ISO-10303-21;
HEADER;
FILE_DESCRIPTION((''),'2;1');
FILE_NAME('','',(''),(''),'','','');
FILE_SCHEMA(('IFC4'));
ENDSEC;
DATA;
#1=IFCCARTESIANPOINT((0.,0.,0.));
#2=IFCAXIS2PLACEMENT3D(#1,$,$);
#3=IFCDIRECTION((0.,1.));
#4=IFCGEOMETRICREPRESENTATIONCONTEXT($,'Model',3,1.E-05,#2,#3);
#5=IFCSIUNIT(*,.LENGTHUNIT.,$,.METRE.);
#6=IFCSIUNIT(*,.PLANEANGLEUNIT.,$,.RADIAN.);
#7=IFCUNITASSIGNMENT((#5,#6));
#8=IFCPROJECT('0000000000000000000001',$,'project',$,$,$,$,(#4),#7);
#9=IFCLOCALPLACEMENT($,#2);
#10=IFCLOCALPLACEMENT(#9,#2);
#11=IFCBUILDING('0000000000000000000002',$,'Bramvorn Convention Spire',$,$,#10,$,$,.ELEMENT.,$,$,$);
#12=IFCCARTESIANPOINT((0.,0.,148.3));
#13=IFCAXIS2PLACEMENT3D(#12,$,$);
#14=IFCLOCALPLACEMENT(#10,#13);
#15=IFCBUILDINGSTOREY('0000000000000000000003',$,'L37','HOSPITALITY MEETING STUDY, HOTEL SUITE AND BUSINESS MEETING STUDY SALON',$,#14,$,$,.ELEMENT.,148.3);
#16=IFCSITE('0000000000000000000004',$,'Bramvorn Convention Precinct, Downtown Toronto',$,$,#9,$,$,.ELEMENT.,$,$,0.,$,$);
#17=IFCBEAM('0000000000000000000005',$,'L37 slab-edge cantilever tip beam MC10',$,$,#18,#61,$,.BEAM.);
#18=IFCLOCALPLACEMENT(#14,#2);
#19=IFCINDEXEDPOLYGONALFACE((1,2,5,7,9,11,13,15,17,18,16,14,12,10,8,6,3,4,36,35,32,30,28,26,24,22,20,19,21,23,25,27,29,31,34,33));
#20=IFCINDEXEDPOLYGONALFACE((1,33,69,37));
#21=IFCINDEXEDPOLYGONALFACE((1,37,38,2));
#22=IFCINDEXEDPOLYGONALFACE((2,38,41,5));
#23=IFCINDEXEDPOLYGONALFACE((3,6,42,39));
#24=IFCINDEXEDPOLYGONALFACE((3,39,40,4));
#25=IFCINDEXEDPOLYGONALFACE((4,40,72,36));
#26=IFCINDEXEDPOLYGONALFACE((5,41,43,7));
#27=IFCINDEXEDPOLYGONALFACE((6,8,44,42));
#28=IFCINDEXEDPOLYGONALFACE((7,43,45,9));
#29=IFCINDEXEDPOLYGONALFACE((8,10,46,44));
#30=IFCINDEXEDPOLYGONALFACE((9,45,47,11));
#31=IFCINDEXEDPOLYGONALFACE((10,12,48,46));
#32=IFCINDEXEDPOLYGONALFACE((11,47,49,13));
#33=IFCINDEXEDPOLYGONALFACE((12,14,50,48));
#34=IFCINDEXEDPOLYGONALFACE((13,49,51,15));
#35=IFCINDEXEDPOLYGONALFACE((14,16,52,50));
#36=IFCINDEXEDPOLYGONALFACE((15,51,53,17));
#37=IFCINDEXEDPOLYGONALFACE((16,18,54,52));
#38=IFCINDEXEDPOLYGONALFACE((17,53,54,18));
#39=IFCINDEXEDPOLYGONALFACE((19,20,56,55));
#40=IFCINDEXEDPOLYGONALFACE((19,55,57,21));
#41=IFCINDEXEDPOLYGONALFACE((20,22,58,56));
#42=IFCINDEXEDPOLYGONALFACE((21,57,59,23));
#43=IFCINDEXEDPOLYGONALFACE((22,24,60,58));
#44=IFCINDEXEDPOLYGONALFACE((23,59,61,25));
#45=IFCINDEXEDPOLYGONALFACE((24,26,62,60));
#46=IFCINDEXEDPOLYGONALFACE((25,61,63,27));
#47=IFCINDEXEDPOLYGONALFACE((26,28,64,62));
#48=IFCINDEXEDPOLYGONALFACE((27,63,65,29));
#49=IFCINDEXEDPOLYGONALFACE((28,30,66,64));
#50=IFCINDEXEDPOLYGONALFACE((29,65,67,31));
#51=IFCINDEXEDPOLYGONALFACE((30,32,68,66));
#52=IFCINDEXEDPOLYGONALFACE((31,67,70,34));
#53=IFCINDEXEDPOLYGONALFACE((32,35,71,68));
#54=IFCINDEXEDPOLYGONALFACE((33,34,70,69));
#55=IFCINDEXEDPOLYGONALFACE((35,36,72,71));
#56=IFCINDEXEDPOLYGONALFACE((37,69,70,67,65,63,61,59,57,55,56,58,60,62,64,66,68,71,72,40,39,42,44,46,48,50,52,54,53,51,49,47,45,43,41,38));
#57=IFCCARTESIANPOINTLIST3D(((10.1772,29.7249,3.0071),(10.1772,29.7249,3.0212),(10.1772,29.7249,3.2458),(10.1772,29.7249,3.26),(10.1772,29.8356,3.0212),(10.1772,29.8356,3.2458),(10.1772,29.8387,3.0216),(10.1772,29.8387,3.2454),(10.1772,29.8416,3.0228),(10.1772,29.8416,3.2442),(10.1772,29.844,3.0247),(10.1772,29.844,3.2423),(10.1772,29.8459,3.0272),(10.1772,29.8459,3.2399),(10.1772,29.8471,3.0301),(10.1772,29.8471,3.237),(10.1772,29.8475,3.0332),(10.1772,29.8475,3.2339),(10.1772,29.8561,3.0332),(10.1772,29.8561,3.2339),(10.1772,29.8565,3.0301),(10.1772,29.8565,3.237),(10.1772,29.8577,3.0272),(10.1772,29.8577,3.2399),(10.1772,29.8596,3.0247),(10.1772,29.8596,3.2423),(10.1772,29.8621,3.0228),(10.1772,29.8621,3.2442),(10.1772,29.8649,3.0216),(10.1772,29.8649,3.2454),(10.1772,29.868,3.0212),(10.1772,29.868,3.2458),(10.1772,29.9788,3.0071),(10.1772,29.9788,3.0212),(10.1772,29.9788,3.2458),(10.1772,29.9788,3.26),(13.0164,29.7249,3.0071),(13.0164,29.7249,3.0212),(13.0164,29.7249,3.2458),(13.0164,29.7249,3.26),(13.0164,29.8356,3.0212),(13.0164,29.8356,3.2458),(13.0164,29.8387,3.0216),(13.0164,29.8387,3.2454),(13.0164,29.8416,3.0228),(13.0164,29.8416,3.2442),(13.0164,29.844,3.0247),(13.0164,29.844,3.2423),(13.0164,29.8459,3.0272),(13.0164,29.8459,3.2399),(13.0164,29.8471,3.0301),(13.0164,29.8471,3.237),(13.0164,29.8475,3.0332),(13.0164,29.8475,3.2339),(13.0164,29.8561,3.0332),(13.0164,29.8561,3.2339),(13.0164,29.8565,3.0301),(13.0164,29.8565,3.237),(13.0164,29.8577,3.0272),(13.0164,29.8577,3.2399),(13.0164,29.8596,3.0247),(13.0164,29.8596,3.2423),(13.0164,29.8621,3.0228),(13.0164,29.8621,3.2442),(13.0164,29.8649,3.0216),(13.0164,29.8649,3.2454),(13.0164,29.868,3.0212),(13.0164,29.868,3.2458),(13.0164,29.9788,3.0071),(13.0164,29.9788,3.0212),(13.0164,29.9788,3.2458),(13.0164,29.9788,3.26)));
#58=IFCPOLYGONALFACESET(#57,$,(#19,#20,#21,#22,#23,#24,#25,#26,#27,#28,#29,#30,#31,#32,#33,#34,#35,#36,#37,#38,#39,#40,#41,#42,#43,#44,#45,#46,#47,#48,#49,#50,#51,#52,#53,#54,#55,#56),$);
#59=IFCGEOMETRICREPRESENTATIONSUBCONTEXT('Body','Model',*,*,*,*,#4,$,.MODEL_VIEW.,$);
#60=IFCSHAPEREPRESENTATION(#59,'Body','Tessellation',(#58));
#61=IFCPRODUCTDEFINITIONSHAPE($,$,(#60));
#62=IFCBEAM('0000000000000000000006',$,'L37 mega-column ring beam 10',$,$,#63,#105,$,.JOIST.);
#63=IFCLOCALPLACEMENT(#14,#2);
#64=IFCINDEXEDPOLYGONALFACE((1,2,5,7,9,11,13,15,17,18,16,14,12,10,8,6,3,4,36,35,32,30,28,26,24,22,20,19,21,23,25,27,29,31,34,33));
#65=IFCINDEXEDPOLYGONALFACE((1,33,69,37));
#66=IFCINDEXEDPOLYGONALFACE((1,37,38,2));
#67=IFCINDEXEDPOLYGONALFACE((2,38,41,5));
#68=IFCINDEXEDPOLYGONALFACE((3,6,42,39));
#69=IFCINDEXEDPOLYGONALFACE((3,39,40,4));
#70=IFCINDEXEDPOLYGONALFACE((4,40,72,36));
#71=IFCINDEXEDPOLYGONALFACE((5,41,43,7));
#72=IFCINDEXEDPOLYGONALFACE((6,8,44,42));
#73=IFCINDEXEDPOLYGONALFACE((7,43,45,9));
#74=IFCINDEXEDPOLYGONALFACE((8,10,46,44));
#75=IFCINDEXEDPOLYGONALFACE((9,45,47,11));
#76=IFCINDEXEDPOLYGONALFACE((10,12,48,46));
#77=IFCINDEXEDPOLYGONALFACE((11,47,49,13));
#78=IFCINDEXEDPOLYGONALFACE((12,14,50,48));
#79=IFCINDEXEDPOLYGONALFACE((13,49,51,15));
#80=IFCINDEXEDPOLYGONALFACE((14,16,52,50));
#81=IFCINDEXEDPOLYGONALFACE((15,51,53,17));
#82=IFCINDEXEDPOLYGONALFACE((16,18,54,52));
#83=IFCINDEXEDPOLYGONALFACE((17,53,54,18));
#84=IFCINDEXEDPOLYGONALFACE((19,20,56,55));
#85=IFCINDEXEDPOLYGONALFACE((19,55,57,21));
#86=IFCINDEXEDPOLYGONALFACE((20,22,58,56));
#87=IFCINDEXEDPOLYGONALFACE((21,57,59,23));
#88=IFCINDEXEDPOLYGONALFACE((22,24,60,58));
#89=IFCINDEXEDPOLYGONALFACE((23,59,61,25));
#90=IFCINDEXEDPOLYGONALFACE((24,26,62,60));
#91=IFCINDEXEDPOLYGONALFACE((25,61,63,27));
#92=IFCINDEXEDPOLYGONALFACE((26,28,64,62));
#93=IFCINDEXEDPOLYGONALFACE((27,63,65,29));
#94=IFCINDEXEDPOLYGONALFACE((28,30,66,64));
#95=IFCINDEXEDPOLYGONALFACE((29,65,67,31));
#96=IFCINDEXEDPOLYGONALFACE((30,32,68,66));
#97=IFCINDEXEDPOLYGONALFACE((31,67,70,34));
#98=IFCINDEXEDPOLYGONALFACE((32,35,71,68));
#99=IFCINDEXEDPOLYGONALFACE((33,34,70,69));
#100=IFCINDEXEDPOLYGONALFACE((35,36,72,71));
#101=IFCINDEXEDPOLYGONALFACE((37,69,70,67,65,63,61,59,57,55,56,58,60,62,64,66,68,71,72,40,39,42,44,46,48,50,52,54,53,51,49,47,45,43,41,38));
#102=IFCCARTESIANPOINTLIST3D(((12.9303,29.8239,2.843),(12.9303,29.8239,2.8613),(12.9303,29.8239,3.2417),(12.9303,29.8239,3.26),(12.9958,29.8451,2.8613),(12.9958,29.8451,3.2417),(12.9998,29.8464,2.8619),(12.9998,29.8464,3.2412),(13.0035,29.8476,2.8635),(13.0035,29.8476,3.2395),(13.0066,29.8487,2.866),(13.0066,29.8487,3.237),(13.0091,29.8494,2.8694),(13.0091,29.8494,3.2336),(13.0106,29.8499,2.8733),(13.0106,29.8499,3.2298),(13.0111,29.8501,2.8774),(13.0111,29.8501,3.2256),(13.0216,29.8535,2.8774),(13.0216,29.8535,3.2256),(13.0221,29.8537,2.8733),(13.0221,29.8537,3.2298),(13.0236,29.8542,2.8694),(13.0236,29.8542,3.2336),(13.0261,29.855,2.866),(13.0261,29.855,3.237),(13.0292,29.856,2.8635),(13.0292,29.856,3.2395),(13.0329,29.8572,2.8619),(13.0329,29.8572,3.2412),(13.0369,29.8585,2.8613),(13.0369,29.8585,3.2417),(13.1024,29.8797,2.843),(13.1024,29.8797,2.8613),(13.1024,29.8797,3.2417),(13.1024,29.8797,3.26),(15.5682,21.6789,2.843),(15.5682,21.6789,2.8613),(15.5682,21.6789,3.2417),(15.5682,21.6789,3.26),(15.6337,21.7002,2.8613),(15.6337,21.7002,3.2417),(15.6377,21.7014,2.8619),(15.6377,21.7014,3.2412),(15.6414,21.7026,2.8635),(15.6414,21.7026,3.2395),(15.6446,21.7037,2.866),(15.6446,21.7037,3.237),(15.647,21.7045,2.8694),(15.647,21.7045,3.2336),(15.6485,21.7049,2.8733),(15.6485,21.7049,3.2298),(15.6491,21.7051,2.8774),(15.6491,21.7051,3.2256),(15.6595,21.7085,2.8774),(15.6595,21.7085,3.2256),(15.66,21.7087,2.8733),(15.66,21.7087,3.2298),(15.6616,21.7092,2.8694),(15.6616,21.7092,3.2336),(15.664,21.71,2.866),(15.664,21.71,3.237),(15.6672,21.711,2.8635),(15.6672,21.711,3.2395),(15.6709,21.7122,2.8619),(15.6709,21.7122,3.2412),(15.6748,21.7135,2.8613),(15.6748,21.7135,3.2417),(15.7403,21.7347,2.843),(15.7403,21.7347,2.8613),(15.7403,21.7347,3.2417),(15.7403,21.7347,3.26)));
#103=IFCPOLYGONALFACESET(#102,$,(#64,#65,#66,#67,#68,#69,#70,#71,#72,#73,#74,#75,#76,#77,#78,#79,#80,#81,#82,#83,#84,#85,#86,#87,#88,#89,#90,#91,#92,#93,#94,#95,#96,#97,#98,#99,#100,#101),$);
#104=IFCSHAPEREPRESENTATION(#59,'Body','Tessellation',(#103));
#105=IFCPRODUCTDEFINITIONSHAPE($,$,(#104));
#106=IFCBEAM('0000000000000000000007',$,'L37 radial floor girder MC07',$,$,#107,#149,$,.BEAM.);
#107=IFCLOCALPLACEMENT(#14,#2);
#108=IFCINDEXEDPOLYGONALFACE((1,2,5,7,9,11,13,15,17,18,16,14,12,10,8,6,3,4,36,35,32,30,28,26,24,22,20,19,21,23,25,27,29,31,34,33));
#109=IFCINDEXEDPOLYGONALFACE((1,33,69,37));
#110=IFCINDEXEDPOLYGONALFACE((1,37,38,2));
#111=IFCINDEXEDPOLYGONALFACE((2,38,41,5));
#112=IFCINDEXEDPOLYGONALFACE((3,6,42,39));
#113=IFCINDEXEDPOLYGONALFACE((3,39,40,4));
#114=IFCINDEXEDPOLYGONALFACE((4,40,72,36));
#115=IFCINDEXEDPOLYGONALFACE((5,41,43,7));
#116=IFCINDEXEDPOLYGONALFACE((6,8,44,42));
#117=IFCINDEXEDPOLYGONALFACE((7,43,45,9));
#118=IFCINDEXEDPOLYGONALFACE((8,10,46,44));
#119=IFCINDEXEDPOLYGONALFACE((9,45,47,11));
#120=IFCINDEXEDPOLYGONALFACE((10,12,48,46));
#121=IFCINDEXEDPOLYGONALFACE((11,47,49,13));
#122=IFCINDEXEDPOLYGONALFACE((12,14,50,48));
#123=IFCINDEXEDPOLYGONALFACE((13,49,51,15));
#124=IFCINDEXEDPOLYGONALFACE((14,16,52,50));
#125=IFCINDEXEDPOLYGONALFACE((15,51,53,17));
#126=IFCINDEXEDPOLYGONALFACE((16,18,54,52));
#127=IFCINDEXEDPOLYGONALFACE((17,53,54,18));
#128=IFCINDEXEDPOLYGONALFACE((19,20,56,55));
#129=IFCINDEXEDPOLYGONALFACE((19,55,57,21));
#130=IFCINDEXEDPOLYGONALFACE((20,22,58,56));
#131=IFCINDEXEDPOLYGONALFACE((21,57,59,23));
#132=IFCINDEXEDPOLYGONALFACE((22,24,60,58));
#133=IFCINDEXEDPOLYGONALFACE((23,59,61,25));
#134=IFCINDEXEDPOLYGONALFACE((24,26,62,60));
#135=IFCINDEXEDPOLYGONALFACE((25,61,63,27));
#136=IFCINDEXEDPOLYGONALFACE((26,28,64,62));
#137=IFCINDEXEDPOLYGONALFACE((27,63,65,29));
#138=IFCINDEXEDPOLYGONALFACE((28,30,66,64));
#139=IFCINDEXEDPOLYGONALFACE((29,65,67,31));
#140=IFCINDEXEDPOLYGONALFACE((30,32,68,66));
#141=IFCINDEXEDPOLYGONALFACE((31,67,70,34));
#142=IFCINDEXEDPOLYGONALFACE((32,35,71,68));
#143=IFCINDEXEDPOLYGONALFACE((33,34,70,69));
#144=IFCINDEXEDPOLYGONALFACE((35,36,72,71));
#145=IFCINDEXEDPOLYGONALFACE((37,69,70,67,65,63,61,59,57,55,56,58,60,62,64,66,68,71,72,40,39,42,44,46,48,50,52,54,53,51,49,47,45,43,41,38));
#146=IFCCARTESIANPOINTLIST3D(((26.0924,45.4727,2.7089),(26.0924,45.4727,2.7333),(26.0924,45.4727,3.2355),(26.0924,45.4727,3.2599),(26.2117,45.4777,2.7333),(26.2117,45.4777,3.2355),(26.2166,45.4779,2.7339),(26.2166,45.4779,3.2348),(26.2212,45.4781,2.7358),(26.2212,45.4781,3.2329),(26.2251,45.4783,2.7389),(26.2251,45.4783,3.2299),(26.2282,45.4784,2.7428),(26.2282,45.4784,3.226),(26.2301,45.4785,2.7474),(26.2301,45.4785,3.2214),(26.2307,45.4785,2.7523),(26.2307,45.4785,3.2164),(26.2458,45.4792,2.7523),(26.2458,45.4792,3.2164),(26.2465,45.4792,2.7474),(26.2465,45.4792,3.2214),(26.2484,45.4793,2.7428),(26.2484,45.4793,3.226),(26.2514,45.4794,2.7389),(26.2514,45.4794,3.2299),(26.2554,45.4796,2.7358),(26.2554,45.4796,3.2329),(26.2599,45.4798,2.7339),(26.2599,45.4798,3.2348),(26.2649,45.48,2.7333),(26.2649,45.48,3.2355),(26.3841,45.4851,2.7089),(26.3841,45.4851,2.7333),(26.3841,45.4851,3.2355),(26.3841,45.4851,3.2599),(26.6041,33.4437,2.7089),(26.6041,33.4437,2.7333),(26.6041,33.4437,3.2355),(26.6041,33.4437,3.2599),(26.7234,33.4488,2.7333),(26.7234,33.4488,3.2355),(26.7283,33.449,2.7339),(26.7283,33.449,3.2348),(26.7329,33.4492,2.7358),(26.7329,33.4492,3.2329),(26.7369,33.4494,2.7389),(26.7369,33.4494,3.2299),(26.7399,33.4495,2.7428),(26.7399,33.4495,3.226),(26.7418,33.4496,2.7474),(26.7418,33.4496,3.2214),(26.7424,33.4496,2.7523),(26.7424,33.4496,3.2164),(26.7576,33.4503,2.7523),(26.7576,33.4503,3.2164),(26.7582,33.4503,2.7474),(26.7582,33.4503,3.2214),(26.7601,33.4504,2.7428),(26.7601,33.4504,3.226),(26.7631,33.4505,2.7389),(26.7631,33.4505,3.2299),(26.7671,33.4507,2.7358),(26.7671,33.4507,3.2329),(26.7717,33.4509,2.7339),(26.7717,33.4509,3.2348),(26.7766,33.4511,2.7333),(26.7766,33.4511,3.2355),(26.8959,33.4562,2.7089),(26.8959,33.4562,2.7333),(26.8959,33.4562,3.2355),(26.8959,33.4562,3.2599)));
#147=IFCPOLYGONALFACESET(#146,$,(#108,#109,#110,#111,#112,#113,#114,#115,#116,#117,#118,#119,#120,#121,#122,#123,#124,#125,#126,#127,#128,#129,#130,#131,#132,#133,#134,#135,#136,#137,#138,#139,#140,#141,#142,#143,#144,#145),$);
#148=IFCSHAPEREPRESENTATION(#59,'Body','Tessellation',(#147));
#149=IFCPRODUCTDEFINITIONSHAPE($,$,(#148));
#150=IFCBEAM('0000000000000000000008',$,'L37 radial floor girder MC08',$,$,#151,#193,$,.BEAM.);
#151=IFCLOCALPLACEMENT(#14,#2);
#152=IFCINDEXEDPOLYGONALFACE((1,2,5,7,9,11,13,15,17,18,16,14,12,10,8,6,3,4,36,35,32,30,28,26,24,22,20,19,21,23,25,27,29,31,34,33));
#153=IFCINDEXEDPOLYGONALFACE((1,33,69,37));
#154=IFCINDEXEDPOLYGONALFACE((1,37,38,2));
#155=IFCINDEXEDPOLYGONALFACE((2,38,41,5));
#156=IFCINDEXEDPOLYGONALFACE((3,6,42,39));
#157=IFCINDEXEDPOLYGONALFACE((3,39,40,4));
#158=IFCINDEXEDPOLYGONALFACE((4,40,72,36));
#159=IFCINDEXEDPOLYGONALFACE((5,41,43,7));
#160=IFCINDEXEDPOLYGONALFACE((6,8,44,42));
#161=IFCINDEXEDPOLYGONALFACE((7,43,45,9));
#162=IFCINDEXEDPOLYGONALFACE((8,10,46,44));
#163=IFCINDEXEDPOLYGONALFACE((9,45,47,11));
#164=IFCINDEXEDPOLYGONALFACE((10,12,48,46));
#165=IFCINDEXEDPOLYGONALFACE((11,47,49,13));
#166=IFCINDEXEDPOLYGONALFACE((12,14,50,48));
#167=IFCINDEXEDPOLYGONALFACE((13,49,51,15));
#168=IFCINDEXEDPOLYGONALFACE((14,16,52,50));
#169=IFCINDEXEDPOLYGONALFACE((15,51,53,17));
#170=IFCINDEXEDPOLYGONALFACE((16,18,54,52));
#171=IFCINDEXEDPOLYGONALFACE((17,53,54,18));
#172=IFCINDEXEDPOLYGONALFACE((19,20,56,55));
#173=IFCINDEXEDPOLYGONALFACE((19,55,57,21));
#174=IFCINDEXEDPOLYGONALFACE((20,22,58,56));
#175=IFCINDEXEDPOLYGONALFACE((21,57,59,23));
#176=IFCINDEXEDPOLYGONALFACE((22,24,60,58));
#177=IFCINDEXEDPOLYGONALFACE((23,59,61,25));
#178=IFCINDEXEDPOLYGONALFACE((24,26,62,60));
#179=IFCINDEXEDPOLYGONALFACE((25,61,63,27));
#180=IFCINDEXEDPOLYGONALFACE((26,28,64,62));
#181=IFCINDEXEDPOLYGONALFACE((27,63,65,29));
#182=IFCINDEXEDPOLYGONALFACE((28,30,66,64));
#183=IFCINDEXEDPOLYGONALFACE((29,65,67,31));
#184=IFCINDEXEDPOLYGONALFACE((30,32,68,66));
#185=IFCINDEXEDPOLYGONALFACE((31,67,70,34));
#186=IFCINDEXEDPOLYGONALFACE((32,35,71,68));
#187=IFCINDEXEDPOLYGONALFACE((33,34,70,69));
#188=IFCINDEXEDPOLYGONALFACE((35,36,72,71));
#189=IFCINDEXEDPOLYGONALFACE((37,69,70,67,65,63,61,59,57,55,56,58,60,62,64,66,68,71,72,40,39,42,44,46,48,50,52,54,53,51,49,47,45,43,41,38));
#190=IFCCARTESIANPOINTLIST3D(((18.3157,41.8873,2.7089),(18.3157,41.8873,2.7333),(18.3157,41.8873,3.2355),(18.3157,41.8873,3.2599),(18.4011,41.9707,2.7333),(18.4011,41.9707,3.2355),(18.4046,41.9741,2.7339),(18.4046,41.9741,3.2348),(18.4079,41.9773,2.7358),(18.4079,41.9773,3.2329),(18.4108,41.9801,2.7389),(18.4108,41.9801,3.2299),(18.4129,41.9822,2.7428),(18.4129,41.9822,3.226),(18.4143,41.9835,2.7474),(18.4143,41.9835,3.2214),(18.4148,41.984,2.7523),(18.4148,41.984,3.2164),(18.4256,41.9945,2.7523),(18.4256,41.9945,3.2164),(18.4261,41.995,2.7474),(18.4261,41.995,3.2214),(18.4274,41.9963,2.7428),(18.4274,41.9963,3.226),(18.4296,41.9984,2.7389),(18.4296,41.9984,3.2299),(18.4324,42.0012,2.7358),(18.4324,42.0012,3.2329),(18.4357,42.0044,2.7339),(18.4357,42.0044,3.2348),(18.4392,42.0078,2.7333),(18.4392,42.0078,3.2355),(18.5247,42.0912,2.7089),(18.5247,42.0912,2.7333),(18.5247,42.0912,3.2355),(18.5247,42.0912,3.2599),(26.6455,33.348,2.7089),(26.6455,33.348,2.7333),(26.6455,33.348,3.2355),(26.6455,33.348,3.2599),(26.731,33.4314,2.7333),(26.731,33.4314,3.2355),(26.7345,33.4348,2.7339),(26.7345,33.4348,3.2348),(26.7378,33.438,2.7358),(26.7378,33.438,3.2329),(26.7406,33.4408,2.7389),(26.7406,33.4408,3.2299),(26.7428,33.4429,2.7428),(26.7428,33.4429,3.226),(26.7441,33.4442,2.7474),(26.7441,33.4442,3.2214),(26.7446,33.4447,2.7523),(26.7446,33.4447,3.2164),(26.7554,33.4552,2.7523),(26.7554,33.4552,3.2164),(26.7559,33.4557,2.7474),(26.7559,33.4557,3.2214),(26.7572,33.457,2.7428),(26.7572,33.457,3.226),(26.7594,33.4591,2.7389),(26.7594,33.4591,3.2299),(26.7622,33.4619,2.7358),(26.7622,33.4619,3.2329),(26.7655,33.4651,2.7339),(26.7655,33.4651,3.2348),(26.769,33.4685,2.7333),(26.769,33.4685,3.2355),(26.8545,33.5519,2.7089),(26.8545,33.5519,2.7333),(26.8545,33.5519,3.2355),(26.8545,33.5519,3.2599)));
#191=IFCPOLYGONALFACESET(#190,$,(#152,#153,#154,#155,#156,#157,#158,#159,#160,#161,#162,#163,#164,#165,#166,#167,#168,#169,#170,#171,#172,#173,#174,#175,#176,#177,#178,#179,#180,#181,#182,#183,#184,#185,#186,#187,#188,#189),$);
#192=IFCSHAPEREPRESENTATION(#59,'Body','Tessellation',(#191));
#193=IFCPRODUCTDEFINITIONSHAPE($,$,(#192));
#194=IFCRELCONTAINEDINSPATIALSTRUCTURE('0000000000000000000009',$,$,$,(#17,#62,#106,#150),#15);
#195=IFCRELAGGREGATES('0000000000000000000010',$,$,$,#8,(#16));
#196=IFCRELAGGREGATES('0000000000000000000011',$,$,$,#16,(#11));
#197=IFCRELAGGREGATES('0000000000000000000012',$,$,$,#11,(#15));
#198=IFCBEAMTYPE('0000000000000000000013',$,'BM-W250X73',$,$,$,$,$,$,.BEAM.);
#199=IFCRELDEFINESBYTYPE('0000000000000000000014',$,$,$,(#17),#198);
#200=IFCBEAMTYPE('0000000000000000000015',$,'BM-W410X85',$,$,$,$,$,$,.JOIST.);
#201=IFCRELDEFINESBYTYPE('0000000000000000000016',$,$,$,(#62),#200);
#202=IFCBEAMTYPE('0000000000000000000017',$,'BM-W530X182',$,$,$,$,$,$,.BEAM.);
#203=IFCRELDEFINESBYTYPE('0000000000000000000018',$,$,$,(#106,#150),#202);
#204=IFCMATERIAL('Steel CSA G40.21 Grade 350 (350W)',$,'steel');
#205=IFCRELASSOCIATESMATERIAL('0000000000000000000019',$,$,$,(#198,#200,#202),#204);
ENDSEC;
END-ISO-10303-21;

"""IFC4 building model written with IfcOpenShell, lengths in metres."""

from ifc_helpers import new_model, si_unit, direction, frame, origin, origin_2d, place, context, subcontext, project, spatial, i_section, extrude, material, material_profile, profile_set, type_object, element, save


model = new_model("IFC4")

# Units and contexts
model_context = context("Model", 3, precision=1e-05, world=origin(), true_north=direction((0.0, 1.0)))
body_context = subcontext(model_context, "Body", "Model", "MODEL_VIEW")
ifc_project = project(units=[si_unit("LENGTHUNIT", "METRE"), si_unit("PLANEANGLEUNIT", "RADIAN")], contexts=[model_context])

# Site, building, storey
site_placement = place(None, origin())
site = spatial("IfcSite", under=ifc_project, at=site_placement, Name="Bramvorn Convention Precinct, Downtown Toronto", CompositionType="ELEMENT", RefElevation=0.0)
building_placement = place(site_placement, origin())
building = spatial("IfcBuilding", under=site, at=building_placement, Name="Bramvorn Convention Spire", CompositionType="ELEMENT")
storey_placement = place(building_placement, frame((0.0, 0.0, 148.3)))
storey = spatial("IfcBuildingStorey", under=building, at=storey_placement, Name="L37", Description="HOSPITALITY MEETING STUDY, HOTEL SUITE AND BUSINESS MEETING STUDY SALON", CompositionType="ELEMENT", Elevation=148.3)

# Shared definitions
ifc_material_1 = material(Name="Steel CSA G40.21 Grade 350 (350W)", Category="steel")

# Beams
ifc_material_profile_1 = material_profile(ifc_material_1, i_section(OverallWidth=0.2539, OverallDepth=0.2529, WebThickness=0.0085, FlangeThickness=0.0142, FilletRadius=0.012, at=origin_2d()))
ifc_profile_set_1 = profile_set([ifc_material_profile_1], Name="Steel CSA G40.21 Grade 350 (350W) - W250X73")
beam_type_1 = type_object("IfcBeamType", Name="BM-W250X73", PredefinedType="BEAM", material=ifc_profile_set_1)
beam_1_placement = place(storey_placement, frame((13.0164, 29.8518, 3.1335), z_axis=(-1.0, 0.0, 0.0), x_axis=(0.0, -1.0, 0.0)))
element("IfcBeam", 1, at=beam_1_placement, inside=storey, type_object=beam_type_1, Name="L37 slab-edge cantilever tip beam MC10", PredefinedType="BEAM", context=body_context, shape_type="SweptSolid", body=[
    extrude(i_section(OverallWidth=0.2539, OverallDepth=0.2529, WebThickness=0.0085, FlangeThickness=0.0142, FilletRadius=0.012, at=origin_2d()), origin(), (0.0, 0.0, 1.0), 2.8391),
])
ifc_material_profile_2 = material_profile(ifc_material_1, i_section(OverallWidth=0.1809, OverallDepth=0.417, WebThickness=0.011, FlangeThickness=0.0183, FilletRadius=0.0161, at=origin_2d()))
ifc_profile_set_2 = profile_set([ifc_material_profile_2], Name="Steel CSA G40.21 Grade 350 (350W) - W410X85")
beam_type_2 = type_object("IfcBeamType", Name="BM-W410X85", PredefinedType="JOIST", material=ifc_profile_set_2)
beam_2_placement = place(storey_placement, frame((13.0164, 29.8518, 3.0515), z_axis=(0.308115, -0.951349, 0.0), x_axis=(0.951349, 0.308115, 0.0)))
element("IfcBeam", 2, at=beam_2_placement, inside=storey, type_object=beam_type_2, Name="L37 mega-column ring beam 10", PredefinedType="JOIST", context=body_context, shape_type="SweptSolid", body=[
    extrude(i_section(OverallWidth=0.1809, OverallDepth=0.417, WebThickness=0.011, FlangeThickness=0.0183, FilletRadius=0.0161, at=origin_2d()), origin(), (0.0, 0.0, 1.0), 8.5615),
])
ifc_material_profile_3 = material_profile(ifc_material_1, i_section(OverallWidth=0.292, OverallDepth=0.551, WebThickness=0.0151, FlangeThickness=0.0244, FilletRadius=0.019, at=origin_2d()))
ifc_profile_set_3 = profile_set([ifc_material_profile_3], Name="Steel CSA G40.21 Grade 350 (350W) - W530X182")
beam_type_3 = type_object("IfcBeamType", Name="BM-W530X182", PredefinedType="BEAM", material=ifc_profile_set_3)
beam_3_placement = place(storey_placement, frame((26.75, 33.45, 2.9844), z_axis=(-0.042503, 0.999096, 0.0), x_axis=(-0.999096, -0.042503, 0.0)))
element("IfcBeam", 3, at=beam_3_placement, inside=storey, type_object=beam_type_3, Name="L37 radial floor girder MC07", PredefinedType="BEAM", context=body_context, shape_type="SweptSolid", body=[
    extrude(i_section(OverallWidth=0.292, OverallDepth=0.551, WebThickness=0.0151, FlangeThickness=0.0244, FilletRadius=0.019, at=origin_2d()), origin(), (0.0, 0.0, 1.0), 12.0398),
])
beam_4_placement = place(storey_placement, frame((26.75, 33.45, 2.9844), z_axis=(-0.698272, 0.715832, 0.0), x_axis=(-0.715832, -0.698272, 0.0)))
element("IfcBeam", 4, at=beam_4_placement, inside=storey, type_object=beam_type_3, Name="L37 radial floor girder MC08", PredefinedType="BEAM", context=body_context, shape_type="SweptSolid", body=[
    extrude(i_section(OverallWidth=0.292, OverallDepth=0.551, WebThickness=0.0151, FlangeThickness=0.0244, FilletRadius=0.019, at=origin_2d()), origin(), (0.0, 0.0, 1.0), 11.9292),
])

save(model, "model.ifc")
